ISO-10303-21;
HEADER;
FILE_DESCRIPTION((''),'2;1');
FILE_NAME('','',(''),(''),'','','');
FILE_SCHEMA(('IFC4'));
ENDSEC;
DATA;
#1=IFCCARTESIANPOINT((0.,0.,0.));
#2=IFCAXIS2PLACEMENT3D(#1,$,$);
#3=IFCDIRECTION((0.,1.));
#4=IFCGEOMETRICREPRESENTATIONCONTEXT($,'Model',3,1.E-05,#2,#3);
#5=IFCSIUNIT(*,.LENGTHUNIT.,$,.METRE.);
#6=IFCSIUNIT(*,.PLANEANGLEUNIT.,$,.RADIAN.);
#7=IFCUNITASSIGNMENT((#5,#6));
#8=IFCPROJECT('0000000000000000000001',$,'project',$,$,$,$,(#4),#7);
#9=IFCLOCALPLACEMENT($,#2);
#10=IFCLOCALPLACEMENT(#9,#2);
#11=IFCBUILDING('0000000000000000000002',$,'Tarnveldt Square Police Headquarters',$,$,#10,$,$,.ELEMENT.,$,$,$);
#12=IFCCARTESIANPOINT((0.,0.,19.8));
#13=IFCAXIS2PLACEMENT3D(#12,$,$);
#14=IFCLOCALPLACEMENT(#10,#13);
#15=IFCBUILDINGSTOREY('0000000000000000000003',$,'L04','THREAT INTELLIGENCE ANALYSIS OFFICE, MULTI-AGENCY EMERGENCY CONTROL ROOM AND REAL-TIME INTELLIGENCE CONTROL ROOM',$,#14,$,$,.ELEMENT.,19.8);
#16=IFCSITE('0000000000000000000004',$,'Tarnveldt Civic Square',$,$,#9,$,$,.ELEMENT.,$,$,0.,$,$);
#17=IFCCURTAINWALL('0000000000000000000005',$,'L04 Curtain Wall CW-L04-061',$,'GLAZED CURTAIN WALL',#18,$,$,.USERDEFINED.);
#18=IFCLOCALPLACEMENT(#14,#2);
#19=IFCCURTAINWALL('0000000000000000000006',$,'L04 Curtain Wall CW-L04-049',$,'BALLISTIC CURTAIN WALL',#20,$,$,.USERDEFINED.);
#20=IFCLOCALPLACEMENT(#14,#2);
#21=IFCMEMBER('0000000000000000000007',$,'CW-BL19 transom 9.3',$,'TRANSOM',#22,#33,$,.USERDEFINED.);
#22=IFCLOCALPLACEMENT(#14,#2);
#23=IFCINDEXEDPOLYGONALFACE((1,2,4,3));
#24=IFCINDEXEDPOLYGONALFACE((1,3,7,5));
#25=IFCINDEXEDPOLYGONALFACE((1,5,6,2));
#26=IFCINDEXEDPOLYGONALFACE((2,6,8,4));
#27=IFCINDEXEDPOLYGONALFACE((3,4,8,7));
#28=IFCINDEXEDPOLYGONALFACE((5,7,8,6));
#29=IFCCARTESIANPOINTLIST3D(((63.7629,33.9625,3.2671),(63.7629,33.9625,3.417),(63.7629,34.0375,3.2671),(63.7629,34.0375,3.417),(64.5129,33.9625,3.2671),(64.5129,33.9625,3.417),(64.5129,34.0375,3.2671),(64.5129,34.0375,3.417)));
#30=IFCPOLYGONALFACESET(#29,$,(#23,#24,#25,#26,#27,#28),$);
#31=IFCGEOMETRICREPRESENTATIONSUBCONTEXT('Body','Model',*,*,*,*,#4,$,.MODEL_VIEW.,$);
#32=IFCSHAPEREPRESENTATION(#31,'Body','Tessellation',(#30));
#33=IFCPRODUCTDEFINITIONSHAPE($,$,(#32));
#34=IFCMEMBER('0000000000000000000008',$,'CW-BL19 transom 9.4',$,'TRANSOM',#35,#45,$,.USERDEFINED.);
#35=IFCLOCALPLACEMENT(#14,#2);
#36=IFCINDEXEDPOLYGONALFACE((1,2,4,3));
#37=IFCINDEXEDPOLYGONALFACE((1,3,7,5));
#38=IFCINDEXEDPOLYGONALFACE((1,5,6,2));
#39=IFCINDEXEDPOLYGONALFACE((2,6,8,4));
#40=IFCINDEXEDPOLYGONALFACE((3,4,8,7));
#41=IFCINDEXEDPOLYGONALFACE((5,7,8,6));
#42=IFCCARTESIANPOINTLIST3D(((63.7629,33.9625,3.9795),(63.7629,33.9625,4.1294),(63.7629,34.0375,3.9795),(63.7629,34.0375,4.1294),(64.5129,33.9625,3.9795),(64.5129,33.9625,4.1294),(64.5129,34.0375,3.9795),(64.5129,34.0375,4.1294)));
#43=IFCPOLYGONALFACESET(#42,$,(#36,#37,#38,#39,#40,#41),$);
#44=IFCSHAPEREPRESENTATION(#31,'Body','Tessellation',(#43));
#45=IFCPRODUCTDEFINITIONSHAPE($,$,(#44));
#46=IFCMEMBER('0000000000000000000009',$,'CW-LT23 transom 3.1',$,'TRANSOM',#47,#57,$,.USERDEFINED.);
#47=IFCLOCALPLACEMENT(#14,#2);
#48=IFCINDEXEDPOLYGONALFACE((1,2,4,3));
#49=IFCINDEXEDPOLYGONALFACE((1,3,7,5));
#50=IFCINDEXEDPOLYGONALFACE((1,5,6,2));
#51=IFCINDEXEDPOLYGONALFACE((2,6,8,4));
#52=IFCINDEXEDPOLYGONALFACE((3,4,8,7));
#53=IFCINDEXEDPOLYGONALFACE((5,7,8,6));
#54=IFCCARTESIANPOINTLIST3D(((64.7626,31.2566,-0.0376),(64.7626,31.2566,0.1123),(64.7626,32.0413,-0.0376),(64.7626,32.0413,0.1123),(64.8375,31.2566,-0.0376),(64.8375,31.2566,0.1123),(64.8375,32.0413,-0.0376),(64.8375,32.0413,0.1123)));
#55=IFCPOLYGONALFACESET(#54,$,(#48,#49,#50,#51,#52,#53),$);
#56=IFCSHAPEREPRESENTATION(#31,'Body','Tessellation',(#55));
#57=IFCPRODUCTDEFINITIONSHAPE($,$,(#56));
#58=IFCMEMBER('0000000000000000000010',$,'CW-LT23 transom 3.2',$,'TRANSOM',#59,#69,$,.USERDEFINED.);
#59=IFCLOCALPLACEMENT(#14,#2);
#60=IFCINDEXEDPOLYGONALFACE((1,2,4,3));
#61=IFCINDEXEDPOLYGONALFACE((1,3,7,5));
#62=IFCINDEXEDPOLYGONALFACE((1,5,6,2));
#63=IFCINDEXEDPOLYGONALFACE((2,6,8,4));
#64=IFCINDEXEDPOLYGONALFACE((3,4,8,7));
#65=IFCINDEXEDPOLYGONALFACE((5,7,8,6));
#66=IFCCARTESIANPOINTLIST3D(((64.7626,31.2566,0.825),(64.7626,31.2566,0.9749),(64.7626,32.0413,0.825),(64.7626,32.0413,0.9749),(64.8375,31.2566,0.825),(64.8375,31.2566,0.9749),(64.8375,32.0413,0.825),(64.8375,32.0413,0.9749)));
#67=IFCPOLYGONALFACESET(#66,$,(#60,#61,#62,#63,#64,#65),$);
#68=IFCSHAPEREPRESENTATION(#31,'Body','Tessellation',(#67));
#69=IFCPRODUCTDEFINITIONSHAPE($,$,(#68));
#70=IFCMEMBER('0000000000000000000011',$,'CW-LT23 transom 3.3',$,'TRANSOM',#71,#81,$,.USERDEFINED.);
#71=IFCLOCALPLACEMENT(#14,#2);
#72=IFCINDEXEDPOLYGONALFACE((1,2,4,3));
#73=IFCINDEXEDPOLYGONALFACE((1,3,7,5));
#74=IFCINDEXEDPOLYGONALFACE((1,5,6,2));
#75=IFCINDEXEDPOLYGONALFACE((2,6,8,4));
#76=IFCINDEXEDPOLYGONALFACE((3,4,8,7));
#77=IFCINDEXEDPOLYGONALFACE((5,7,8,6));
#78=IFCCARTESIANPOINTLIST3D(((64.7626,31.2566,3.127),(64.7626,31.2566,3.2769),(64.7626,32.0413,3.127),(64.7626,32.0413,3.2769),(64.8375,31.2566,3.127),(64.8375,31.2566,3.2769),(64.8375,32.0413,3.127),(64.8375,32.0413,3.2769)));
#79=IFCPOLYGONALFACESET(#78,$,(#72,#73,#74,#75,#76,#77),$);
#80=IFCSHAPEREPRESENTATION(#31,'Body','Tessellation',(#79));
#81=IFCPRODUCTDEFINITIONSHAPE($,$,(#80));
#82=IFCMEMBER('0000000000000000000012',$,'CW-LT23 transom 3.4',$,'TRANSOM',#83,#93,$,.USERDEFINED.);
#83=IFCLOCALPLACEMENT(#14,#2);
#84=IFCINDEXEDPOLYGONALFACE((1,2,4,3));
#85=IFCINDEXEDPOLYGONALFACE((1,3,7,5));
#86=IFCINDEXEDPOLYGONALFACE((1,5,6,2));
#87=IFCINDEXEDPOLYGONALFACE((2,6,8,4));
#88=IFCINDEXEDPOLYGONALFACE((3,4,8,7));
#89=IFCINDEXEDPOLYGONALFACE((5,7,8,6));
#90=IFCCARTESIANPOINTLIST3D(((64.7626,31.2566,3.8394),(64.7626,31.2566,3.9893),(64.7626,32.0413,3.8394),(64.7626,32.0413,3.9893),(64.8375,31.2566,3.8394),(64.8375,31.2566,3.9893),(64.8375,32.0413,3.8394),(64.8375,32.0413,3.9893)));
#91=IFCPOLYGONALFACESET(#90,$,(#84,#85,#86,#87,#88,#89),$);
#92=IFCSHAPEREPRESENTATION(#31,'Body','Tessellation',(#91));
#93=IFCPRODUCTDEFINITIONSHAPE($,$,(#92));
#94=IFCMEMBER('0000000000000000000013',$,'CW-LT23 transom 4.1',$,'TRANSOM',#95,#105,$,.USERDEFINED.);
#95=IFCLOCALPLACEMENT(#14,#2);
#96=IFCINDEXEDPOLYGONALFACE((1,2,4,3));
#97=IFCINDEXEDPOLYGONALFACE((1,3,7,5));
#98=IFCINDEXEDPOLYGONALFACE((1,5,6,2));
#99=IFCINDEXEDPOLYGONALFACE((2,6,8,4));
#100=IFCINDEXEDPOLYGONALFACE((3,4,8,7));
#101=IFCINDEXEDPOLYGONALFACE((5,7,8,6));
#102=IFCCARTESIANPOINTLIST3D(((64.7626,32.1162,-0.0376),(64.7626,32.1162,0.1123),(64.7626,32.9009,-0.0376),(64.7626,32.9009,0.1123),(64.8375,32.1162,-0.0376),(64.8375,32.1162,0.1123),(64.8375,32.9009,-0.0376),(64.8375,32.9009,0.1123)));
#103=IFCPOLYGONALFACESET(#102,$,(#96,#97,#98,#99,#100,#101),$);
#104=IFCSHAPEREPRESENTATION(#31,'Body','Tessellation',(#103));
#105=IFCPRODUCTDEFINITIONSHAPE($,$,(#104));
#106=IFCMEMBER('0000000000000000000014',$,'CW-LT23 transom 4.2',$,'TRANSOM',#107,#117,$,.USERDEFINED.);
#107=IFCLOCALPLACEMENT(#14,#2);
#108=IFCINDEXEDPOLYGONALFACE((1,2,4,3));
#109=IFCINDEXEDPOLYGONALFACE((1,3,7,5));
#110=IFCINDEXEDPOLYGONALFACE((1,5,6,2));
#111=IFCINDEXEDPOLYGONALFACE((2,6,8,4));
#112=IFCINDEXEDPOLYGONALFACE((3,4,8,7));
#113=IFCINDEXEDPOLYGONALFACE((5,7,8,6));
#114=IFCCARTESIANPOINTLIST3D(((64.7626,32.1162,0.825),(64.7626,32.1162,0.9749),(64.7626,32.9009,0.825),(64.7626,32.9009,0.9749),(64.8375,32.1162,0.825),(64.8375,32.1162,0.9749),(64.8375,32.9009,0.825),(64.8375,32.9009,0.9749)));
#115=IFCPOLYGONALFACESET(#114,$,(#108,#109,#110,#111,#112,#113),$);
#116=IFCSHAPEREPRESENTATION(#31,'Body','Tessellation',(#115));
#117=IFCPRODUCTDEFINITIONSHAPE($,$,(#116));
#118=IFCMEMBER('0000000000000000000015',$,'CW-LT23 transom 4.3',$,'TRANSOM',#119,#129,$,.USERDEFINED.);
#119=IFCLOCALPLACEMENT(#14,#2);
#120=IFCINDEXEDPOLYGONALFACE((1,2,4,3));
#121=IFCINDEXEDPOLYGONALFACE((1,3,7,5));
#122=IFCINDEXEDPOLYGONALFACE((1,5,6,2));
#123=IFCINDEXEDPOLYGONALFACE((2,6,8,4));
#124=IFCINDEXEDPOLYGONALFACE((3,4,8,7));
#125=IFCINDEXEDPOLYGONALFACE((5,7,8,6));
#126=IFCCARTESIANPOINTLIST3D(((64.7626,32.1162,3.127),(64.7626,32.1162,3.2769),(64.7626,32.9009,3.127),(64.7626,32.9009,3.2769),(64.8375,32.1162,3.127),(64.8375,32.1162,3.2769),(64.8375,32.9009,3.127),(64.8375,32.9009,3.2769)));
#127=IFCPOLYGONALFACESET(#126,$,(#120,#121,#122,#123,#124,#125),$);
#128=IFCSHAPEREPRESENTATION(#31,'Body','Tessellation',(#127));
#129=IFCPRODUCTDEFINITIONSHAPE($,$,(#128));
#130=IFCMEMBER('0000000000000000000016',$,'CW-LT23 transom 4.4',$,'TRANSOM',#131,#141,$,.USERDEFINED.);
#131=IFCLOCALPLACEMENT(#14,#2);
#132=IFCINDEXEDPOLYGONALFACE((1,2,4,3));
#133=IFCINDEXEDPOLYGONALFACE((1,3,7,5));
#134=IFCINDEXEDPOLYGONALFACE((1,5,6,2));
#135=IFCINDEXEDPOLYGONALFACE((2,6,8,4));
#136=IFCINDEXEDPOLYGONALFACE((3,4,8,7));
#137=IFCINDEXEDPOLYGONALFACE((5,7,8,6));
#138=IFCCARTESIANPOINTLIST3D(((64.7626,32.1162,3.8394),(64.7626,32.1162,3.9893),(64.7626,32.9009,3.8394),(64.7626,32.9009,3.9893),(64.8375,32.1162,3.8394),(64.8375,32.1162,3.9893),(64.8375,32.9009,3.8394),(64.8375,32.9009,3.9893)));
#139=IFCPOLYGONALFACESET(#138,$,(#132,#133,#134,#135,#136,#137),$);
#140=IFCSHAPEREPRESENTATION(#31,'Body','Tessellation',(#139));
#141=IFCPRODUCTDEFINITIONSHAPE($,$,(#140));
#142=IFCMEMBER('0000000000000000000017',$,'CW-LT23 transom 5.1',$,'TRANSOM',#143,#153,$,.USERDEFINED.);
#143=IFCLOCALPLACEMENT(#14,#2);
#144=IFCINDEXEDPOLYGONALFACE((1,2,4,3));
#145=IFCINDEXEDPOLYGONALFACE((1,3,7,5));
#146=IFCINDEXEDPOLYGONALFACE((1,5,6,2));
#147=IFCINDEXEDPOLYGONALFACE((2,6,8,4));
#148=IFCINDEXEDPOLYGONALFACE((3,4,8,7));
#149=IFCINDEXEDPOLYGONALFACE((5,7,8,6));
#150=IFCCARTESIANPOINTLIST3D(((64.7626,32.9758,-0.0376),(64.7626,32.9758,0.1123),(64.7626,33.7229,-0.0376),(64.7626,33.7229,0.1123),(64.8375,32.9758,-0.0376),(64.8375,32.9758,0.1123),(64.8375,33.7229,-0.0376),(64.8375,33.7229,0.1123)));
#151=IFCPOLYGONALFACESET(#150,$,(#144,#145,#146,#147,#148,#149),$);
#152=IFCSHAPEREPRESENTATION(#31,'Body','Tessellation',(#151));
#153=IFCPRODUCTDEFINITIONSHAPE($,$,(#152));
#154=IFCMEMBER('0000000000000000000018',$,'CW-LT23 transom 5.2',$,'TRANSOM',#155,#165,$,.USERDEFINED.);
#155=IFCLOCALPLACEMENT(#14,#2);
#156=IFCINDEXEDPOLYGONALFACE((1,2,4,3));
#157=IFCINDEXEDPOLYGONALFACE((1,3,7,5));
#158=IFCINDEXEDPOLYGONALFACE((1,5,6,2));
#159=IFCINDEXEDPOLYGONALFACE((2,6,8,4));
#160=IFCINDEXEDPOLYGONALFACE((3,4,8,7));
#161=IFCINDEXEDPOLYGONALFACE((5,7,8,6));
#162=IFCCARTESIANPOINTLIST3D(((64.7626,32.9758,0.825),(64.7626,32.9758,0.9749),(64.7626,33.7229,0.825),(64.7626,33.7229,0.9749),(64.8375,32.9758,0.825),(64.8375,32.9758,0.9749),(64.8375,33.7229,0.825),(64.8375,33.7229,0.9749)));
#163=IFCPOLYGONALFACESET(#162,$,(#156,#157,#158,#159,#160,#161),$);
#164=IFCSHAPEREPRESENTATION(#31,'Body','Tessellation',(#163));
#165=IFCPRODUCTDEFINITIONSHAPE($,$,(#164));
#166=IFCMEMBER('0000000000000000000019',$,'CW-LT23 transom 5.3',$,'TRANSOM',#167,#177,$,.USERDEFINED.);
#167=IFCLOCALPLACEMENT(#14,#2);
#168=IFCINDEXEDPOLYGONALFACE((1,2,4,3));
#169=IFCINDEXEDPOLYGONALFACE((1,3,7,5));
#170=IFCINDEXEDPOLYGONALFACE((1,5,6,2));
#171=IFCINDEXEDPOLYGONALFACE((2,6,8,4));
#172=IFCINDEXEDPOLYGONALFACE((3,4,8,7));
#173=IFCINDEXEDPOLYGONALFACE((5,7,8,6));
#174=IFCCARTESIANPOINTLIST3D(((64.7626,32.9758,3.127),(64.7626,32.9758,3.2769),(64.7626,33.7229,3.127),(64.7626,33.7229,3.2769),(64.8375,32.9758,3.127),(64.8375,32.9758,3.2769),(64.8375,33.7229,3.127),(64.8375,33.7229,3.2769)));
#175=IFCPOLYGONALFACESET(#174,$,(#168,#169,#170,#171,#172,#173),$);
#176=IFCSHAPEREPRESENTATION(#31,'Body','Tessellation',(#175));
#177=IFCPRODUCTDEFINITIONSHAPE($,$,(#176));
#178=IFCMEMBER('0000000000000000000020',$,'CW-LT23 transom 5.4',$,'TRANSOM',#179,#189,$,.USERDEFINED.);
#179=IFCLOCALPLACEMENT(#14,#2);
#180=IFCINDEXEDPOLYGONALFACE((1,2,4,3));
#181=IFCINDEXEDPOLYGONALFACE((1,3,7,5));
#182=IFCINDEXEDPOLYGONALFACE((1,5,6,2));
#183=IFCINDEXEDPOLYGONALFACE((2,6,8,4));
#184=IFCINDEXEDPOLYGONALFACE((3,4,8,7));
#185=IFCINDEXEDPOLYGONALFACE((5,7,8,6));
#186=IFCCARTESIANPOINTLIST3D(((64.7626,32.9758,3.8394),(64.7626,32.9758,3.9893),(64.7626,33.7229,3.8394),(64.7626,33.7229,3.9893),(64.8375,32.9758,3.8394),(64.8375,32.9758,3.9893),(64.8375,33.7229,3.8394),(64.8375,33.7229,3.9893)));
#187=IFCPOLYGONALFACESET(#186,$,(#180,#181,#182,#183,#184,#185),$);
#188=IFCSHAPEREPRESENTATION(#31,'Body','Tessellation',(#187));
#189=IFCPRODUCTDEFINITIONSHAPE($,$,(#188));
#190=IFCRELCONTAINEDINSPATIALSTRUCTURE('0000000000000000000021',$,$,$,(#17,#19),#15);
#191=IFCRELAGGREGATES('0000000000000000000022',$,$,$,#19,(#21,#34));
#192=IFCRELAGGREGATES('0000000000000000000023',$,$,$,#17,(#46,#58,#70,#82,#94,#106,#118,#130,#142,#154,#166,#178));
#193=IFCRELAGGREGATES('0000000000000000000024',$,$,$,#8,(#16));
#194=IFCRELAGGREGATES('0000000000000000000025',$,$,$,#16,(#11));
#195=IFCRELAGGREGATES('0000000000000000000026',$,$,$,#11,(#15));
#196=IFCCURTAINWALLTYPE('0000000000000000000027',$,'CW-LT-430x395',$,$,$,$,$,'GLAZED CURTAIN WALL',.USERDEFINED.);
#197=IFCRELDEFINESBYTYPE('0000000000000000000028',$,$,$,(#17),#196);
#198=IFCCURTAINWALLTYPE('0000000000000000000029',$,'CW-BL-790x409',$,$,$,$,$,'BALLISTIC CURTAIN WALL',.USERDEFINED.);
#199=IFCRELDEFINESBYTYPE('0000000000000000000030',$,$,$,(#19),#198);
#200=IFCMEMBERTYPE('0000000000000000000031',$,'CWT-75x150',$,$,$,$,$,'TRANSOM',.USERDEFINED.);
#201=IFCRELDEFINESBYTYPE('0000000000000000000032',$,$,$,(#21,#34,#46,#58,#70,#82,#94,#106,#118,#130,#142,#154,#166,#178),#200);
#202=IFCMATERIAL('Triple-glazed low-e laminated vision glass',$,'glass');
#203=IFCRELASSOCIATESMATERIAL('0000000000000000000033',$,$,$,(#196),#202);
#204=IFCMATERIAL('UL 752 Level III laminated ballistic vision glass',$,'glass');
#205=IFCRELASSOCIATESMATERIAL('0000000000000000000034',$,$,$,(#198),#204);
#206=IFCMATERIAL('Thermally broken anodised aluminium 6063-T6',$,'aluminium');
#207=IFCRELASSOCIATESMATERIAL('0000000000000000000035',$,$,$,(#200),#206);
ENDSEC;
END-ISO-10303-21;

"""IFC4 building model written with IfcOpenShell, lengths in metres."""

from ifc_helpers import new_model, si_unit, direction, frame, origin, origin_2d, place, context, subcontext, project, spatial, rectangle, extrude, material, material_profile, profile_set, type_object, element, aggregate, save


model = new_model("IFC4")

# Units and contexts
model_context = context("Model", 3, precision=1e-05, world=origin(), true_north=direction((0.0, 1.0)))
body_context = subcontext(model_context, "Body", "Model", "MODEL_VIEW")
ifc_project = project(units=[si_unit("LENGTHUNIT", "METRE"), si_unit("PLANEANGLEUNIT", "RADIAN")], contexts=[model_context])

# Site, building, storey
site_placement = place(None, origin())
site = spatial("IfcSite", under=ifc_project, at=site_placement, Name="Tarnveldt Civic Square", CompositionType="ELEMENT", RefElevation=0.0)
building_placement = place(site_placement, origin())
building = spatial("IfcBuilding", under=site, at=building_placement, Name="Tarnveldt Square Police Headquarters", CompositionType="ELEMENT")
storey_placement = place(building_placement, frame((0.0, 0.0, 19.8)))
storey = spatial("IfcBuildingStorey", under=building, at=storey_placement, Name="L04", Description="THREAT INTELLIGENCE ANALYSIS OFFICE, MULTI-AGENCY EMERGENCY CONTROL ROOM AND REAL-TIME INTELLIGENCE CONTROL ROOM", CompositionType="ELEMENT", Elevation=19.8)

# Curtain walls, members
ifc_material_1 = material(Name="Triple-glazed low-e laminated vision glass", Category="glass")
curtain_wall_type_1 = type_object("IfcCurtainWallType", Name="CW-LT-430x395", ElementType="GLAZED CURTAIN WALL", PredefinedType="USERDEFINED", material=ifc_material_1)
curtain_wall_1_placement = place(storey_placement, origin())
curtain_wall_1 = element("IfcCurtainWall", 1, at=curtain_wall_1_placement, inside=storey, type_object=curtain_wall_type_1, Name="L04 Curtain Wall CW-L04-061", ObjectType="GLAZED CURTAIN WALL", PredefinedType="USERDEFINED")
ifc_material_2 = material(Name="Thermally broken anodised aluminium 6063-T6", Category="aluminium")
ifc_material_3 = material(Name="UL 752 Level III laminated ballistic vision glass", Category="glass")
curtain_wall_type_2 = type_object("IfcCurtainWallType", Name="CW-BL-790x409", ElementType="BALLISTIC CURTAIN WALL", PredefinedType="USERDEFINED", material=ifc_material_3)
curtain_wall_2_placement = place(storey_placement, origin())
curtain_wall_2 = element("IfcCurtainWall", 2, at=curtain_wall_2_placement, inside=storey, type_object=curtain_wall_type_2, Name="L04 Curtain Wall CW-L04-049", ObjectType="BALLISTIC CURTAIN WALL", PredefinedType="USERDEFINED")
ifc_material_profile_1 = material_profile(ifc_material_2, rectangle(XDim=0.075, YDim=0.1499, at=origin_2d()), Name="CW-T75x150")
ifc_profile_set_1 = profile_set([ifc_material_profile_1], Name="Thermally broken anodised aluminium 6063-T6")
member_type_1 = type_object("IfcMemberType", Name="CWT-75x150", ElementType="TRANSOM", PredefinedType="USERDEFINED", material=ifc_profile_set_1)
member_1_placement = place(storey_placement, frame((63.7629, 34.0, 3.342), z_axis=(1.0, 0.0, 0.0), x_axis=(0.0, 1.0, 0.0)))
member_1 = element("IfcMember", 3, at=member_1_placement, type_object=member_type_1, Name="CW-BL19 transom 9.3", ObjectType="TRANSOM", PredefinedType="USERDEFINED", context=body_context, shape_type="SweptSolid", body=[
    extrude(rectangle(XDim=0.075, YDim=0.1499, at=origin_2d()), origin(), (0.0, 0.0, 1.0), 0.75),
])
member_2_placement = place(storey_placement, frame((63.7629, 34.0, 4.0544), z_axis=(1.0, 0.0, 0.0), x_axis=(0.0, 1.0, 0.0)))
member_2 = element("IfcMember", 4, at=member_2_placement, type_object=member_type_1, Name="CW-BL19 transom 9.4", ObjectType="TRANSOM", PredefinedType="USERDEFINED", context=body_context, shape_type="SweptSolid", body=[
    extrude(rectangle(XDim=0.075, YDim=0.1499, at=origin_2d()), origin(), (0.0, 0.0, 1.0), 0.75),
])

# Members
member_3_placement = place(storey_placement, frame((64.8, 31.2566, 0.0374), z_axis=(0.0, 1.0, 0.0), x_axis=(-1.0, 0.0, 0.0)))
member_3 = element("IfcMember", 5, at=member_3_placement, type_object=member_type_1, Name="CW-LT23 transom 3.1", ObjectType="TRANSOM", PredefinedType="USERDEFINED", context=body_context, shape_type="SweptSolid", body=[
    extrude(rectangle(XDim=0.075, YDim=0.1499, at=origin_2d()), origin(), (0.0, 0.0, 1.0), 0.7847),
])
member_4_placement = place(storey_placement, frame((64.8, 31.2566, 0.8999), z_axis=(0.0, 1.0, 0.0), x_axis=(-1.0, 0.0, 0.0)))
member_4 = element("IfcMember", 6, at=member_4_placement, type_object=member_type_1, Name="CW-LT23 transom 3.2", ObjectType="TRANSOM", PredefinedType="USERDEFINED", context=body_context, shape_type="SweptSolid", body=[
    extrude(rectangle(XDim=0.075, YDim=0.1499, at=origin_2d()), origin(), (0.0, 0.0, 1.0), 0.7847),
])
member_5_placement = place(storey_placement, frame((64.8, 31.2566, 3.2019), z_axis=(0.0, 1.0, 0.0), x_axis=(-1.0, 0.0, 0.0)))
member_5 = element("IfcMember", 7, at=member_5_placement, type_object=member_type_1, Name="CW-LT23 transom 3.3", ObjectType="TRANSOM", PredefinedType="USERDEFINED", context=body_context, shape_type="SweptSolid", body=[
    extrude(rectangle(XDim=0.075, YDim=0.1499, at=origin_2d()), origin(), (0.0, 0.0, 1.0), 0.7847),
])
member_6_placement = place(storey_placement, frame((64.8, 31.2566, 3.9143), z_axis=(0.0, 1.0, 0.0), x_axis=(-1.0, 0.0, 0.0)))
member_6 = element("IfcMember", 8, at=member_6_placement, type_object=member_type_1, Name="CW-LT23 transom 3.4", ObjectType="TRANSOM", PredefinedType="USERDEFINED", context=body_context, shape_type="SweptSolid", body=[
    extrude(rectangle(XDim=0.075, YDim=0.1499, at=origin_2d()), origin(), (0.0, 0.0, 1.0), 0.7847),
])
member_7_placement = place(storey_placement, frame((64.8, 32.1162, 0.0374), z_axis=(0.0, 1.0, 0.0), x_axis=(-1.0, 0.0, 0.0)))
member_7 = element("IfcMember", 9, at=member_7_placement, type_object=member_type_1, Name="CW-LT23 transom 4.1", ObjectType="TRANSOM", PredefinedType="USERDEFINED", context=body_context, shape_type="SweptSolid", body=[
    extrude(rectangle(XDim=0.075, YDim=0.1499, at=origin_2d()), origin(), (0.0, 0.0, 1.0), 0.7847),
])
member_8_placement = place(storey_placement, frame((64.8, 32.1162, 0.8999), z_axis=(0.0, 1.0, 0.0), x_axis=(-1.0, 0.0, 0.0)))
member_8 = element("IfcMember", 10, at=member_8_placement, type_object=member_type_1, Name="CW-LT23 transom 4.2", ObjectType="TRANSOM", PredefinedType="USERDEFINED", context=body_context, shape_type="SweptSolid", body=[
    extrude(rectangle(XDim=0.075, YDim=0.1499, at=origin_2d()), origin(), (0.0, 0.0, 1.0), 0.7847),
])
member_9_placement = place(storey_placement, frame((64.8, 32.1162, 3.2019), z_axis=(0.0, 1.0, 0.0), x_axis=(-1.0, 0.0, 0.0)))
member_9 = element("IfcMember", 11, at=member_9_placement, type_object=member_type_1, Name="CW-LT23 transom 4.3", ObjectType="TRANSOM", PredefinedType="USERDEFINED", context=body_context, shape_type="SweptSolid", body=[
    extrude(rectangle(XDim=0.075, YDim=0.1499, at=origin_2d()), origin(), (0.0, 0.0, 1.0), 0.7847),
])
member_10_placement = place(storey_placement, frame((64.8, 32.1162, 3.9143), z_axis=(0.0, 1.0, 0.0), x_axis=(-1.0, 0.0, 0.0)))
member_10 = element("IfcMember", 12, at=member_10_placement, type_object=member_type_1, Name="CW-LT23 transom 4.4", ObjectType="TRANSOM", PredefinedType="USERDEFINED", context=body_context, shape_type="SweptSolid", body=[
    extrude(rectangle(XDim=0.075, YDim=0.1499, at=origin_2d()), origin(), (0.0, 0.0, 1.0), 0.7847),
])
member_11_placement = place(storey_placement, frame((64.8, 32.9758, 0.0374), z_axis=(0.0, 1.0, 0.0), x_axis=(-1.0, 0.0, 0.0)))
member_11 = element("IfcMember", 13, at=member_11_placement, type_object=member_type_1, Name="CW-LT23 transom 5.1", ObjectType="TRANSOM", PredefinedType="USERDEFINED", context=body_context, shape_type="SweptSolid", body=[
    extrude(rectangle(XDim=0.075, YDim=0.1499, at=origin_2d()), origin(), (0.0, 0.0, 1.0), 0.7471),
])
member_12_placement = place(storey_placement, frame((64.8, 32.9758, 0.8999), z_axis=(0.0, 1.0, 0.0), x_axis=(-1.0, 0.0, 0.0)))
member_12 = element("IfcMember", 14, at=member_12_placement, type_object=member_type_1, Name="CW-LT23 transom 5.2", ObjectType="TRANSOM", PredefinedType="USERDEFINED", context=body_context, shape_type="SweptSolid", body=[
    extrude(rectangle(XDim=0.075, YDim=0.1499, at=origin_2d()), origin(), (0.0, 0.0, 1.0), 0.7471),
])
member_13_placement = place(storey_placement, frame((64.8, 32.9758, 3.2019), z_axis=(0.0, 1.0, 0.0), x_axis=(-1.0, 0.0, 0.0)))
member_13 = element("IfcMember", 15, at=member_13_placement, type_object=member_type_1, Name="CW-LT23 transom 5.3", ObjectType="TRANSOM", PredefinedType="USERDEFINED", context=body_context, shape_type="SweptSolid", body=[
    extrude(rectangle(XDim=0.075, YDim=0.1499, at=origin_2d()), origin(), (0.0, 0.0, 1.0), 0.7471),
])
member_14_placement = place(storey_placement, frame((64.8, 32.9758, 3.9143), z_axis=(0.0, 1.0, 0.0), x_axis=(-1.0, 0.0, 0.0)))
member_14 = element("IfcMember", 16, at=member_14_placement, type_object=member_type_1, Name="CW-LT23 transom 5.4", ObjectType="TRANSOM", PredefinedType="USERDEFINED", context=body_context, shape_type="SweptSolid", body=[
    extrude(rectangle(XDim=0.075, YDim=0.1499, at=origin_2d()), origin(), (0.0, 0.0, 1.0), 0.7471),
])

aggregate(curtain_wall_2, [member_1, member_2])
aggregate(curtain_wall_1, [member_3, member_4, member_5, member_6, member_7, member_8, member_9, member_10, member_11, member_12, member_13, member_14])

save(model, "model.ifc")
